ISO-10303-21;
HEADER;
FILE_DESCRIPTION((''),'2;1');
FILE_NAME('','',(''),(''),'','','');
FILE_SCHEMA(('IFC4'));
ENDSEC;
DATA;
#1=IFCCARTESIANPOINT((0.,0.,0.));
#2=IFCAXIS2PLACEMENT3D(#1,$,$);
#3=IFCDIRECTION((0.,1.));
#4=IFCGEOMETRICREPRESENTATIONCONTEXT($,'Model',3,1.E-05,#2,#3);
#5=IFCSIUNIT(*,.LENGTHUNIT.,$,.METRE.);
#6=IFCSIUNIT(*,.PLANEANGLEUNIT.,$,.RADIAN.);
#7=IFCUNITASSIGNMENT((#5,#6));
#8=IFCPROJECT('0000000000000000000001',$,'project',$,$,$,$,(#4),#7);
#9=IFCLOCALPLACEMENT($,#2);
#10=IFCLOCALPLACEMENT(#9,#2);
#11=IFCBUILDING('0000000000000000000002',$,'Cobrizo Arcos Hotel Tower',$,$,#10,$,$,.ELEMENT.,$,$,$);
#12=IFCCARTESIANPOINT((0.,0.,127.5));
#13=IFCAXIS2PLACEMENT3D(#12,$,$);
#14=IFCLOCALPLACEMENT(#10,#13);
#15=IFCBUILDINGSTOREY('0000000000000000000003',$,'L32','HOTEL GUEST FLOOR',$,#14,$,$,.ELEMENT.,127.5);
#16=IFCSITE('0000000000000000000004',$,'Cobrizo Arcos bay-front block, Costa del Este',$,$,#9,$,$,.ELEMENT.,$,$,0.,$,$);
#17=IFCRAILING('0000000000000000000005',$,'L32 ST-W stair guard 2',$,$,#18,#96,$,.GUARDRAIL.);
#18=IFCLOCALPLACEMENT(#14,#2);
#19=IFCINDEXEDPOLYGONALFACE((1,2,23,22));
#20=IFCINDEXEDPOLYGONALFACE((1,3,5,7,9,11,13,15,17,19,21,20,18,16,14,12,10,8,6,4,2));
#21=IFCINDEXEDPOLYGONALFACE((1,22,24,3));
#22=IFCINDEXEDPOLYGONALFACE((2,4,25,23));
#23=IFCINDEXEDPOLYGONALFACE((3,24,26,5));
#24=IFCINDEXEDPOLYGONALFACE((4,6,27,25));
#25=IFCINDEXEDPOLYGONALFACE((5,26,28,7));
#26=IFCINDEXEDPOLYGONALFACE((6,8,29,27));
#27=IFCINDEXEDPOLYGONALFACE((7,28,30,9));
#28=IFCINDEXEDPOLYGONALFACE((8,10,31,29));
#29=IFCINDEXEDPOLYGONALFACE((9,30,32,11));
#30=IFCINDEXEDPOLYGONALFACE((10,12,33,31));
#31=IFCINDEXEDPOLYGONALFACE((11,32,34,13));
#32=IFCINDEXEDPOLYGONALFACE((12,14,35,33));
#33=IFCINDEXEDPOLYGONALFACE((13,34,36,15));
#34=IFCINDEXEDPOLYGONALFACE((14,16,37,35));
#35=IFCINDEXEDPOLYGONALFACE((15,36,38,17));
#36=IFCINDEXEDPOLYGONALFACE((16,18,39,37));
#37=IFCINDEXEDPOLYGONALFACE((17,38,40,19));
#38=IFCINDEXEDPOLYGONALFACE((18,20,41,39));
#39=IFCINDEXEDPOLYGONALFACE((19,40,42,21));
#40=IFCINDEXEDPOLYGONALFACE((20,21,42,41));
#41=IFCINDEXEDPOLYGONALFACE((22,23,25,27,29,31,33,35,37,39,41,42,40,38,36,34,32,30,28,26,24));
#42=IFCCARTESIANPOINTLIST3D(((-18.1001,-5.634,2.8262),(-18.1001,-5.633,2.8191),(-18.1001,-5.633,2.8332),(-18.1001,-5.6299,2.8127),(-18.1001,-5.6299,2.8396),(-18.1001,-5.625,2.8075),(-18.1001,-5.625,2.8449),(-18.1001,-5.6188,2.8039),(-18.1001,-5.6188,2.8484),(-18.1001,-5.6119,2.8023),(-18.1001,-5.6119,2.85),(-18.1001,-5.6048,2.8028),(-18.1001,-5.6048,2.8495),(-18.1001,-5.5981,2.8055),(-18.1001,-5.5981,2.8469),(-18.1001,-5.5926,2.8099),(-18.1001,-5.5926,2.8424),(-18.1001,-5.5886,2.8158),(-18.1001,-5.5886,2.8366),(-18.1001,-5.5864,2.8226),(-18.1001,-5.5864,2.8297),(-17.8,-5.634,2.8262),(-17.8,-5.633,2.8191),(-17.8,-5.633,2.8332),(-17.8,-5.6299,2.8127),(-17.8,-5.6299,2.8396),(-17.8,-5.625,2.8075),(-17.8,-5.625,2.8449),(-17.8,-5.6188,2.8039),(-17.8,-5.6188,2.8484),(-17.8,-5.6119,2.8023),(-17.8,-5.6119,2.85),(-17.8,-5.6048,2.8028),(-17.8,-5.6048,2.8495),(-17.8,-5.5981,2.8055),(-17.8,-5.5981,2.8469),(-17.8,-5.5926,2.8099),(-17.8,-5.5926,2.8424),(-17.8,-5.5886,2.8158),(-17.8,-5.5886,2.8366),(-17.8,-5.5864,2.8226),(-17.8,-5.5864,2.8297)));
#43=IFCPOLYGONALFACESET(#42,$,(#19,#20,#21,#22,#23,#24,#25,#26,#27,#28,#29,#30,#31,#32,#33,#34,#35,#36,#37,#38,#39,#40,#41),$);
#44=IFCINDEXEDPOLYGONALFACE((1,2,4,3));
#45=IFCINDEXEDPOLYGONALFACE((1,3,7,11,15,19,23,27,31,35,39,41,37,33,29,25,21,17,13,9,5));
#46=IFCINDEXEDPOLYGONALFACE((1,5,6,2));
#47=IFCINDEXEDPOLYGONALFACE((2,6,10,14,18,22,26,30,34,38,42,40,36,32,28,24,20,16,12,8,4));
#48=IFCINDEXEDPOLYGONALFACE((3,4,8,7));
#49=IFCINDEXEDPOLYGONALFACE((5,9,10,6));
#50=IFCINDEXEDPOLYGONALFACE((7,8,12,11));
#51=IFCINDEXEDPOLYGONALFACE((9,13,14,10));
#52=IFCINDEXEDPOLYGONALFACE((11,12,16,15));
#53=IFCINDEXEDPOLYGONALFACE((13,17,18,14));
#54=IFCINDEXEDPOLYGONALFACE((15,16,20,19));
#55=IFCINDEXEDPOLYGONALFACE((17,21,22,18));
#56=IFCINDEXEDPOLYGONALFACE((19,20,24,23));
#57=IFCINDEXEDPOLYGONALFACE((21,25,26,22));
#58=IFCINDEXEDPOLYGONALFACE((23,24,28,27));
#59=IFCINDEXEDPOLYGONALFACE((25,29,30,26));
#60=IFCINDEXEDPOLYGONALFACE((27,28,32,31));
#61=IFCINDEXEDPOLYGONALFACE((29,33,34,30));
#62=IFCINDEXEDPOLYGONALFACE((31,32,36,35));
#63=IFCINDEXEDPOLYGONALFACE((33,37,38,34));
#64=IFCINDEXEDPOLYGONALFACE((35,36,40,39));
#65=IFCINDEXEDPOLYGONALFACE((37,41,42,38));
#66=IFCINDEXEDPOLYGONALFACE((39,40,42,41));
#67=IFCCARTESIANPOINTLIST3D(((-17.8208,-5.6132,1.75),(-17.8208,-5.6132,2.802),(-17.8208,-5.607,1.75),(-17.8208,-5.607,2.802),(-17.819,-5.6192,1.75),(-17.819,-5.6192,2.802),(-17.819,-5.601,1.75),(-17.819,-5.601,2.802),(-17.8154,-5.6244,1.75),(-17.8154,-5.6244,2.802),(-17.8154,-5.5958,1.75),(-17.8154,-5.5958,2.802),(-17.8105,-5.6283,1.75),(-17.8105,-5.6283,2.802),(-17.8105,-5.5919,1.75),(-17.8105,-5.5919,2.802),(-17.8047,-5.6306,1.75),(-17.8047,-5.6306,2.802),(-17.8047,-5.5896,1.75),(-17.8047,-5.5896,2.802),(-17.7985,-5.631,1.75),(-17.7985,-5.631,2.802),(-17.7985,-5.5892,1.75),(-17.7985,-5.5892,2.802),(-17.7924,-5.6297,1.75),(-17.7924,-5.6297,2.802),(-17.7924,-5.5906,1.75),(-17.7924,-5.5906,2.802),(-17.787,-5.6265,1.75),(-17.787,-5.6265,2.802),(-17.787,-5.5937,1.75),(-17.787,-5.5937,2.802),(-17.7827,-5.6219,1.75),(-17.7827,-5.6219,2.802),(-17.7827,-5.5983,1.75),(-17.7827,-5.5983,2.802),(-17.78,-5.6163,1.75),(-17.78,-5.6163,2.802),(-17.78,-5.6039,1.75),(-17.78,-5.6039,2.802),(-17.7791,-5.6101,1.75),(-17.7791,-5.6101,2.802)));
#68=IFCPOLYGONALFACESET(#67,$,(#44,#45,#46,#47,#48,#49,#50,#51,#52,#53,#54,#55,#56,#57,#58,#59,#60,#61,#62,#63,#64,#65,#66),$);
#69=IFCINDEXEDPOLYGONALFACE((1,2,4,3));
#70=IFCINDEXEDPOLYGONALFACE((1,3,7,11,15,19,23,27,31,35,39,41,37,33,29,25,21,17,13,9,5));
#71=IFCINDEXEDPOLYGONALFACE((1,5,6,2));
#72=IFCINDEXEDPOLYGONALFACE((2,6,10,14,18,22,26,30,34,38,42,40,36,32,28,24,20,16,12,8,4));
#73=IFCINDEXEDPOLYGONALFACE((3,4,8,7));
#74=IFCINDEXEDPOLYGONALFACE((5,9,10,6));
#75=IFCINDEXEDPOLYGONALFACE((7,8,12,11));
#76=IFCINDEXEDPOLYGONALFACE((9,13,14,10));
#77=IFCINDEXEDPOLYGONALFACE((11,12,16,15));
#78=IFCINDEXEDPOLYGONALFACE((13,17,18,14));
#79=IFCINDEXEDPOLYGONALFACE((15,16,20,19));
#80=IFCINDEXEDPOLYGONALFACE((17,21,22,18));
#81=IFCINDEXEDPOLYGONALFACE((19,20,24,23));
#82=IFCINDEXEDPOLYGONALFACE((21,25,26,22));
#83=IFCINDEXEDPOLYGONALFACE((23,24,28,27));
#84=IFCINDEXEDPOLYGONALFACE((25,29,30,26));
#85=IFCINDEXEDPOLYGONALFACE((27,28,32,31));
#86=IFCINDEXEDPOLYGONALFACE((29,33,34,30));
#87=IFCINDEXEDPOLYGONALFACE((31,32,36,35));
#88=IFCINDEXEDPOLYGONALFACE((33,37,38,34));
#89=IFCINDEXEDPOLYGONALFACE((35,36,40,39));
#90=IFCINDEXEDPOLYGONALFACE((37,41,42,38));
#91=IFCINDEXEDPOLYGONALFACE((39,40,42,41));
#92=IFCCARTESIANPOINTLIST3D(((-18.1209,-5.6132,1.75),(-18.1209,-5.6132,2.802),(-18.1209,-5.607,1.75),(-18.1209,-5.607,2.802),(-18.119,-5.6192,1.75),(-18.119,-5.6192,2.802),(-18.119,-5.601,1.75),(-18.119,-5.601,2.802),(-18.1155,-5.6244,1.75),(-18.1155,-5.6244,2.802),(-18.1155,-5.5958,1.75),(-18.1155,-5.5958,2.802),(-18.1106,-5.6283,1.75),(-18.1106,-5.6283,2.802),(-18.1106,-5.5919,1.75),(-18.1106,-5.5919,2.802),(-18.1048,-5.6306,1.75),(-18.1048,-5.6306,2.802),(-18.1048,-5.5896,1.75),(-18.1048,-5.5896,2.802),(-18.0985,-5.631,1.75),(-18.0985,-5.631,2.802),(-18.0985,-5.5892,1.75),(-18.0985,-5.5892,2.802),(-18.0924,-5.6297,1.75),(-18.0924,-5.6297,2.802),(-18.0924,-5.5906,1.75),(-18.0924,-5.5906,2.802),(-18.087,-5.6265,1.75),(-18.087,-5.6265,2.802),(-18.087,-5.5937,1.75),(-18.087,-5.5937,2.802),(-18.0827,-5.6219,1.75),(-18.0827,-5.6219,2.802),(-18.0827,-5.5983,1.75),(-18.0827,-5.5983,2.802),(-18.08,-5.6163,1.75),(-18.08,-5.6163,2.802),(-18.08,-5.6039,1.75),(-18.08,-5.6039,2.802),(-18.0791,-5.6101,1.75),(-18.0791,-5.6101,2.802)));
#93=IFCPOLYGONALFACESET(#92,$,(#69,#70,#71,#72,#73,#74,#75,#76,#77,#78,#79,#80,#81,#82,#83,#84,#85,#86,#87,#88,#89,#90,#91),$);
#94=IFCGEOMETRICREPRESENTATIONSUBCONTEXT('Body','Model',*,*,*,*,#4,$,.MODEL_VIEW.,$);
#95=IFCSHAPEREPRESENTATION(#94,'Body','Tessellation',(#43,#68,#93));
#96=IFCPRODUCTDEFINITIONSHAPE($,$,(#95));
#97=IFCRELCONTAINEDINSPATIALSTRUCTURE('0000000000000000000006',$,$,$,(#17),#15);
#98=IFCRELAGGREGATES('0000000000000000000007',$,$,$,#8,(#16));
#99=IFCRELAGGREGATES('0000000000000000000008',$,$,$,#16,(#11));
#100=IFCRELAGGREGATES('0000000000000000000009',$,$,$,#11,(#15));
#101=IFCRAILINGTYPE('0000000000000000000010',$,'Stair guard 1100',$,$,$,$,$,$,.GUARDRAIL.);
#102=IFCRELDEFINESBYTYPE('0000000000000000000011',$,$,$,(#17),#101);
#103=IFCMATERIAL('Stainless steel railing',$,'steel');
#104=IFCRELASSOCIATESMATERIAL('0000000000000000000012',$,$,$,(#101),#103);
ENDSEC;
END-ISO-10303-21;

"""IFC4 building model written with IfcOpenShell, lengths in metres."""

from ifc_helpers import new_model, si_unit, direction, frame, origin, origin_2d, place, context, subcontext, project, spatial, circle, extrude, material, type_object, element, save


model = new_model("IFC4")

# Units and contexts
model_context = context("Model", 3, precision=1e-05, world=origin(), true_north=direction((0.0, 1.0)))
body_context = subcontext(model_context, "Body", "Model", "MODEL_VIEW")
ifc_project = project(units=[si_unit("LENGTHUNIT", "METRE"), si_unit("PLANEANGLEUNIT", "RADIAN")], contexts=[model_context])

# Site, building, storey
site_placement = place(None, origin())
site = spatial("IfcSite", under=ifc_project, at=site_placement, Name="Cobrizo Arcos bay-front block, Costa del Este", CompositionType="ELEMENT", RefElevation=0.0)
building_placement = place(site_placement, origin())
building = spatial("IfcBuilding", under=site, at=building_placement, Name="Cobrizo Arcos Hotel Tower", CompositionType="ELEMENT")
storey_placement = place(building_placement, frame((0.0, 0.0, 127.5)))
storey = spatial("IfcBuildingStorey", under=building, at=storey_placement, Name="L32", Description="HOTEL GUEST FLOOR", CompositionType="ELEMENT", Elevation=127.5)

# Railing
ifc_material_1 = material(Name="Stainless steel railing", Category="steel")
railing_type_1 = type_object("IfcRailingType", Name="Stair guard 1100", PredefinedType="GUARDRAIL", material=ifc_material_1)
railing_1_placement = place(storey_placement, frame((-17.8, -5.6101, 1.75)))
element("IfcRailing", 1, at=railing_1_placement, inside=storey, type_object=railing_type_1, Name="L32 ST-W stair guard 2", PredefinedType="GUARDRAIL", context=body_context, shape_type="SweptSolid", body=[
    extrude(circle(Radius=0.0239, at=origin_2d()), frame((0.0, 0.0, 1.0762), z_axis=(-1.0, 0.0, 0.0), x_axis=(0.0, -1.0, 0.0)), (0.0, 0.0, 1.0), 0.3),
    extrude(circle(Radius=0.021, at=origin_2d()), origin(), (0.0, 0.0, 1.0), 1.052),
    extrude(circle(Radius=0.021, at=origin_2d()), frame((-0.3, 0.0, 0.0)), (0.0, 0.0, 1.0), 1.052),
])

save(model, "model.ifc")
